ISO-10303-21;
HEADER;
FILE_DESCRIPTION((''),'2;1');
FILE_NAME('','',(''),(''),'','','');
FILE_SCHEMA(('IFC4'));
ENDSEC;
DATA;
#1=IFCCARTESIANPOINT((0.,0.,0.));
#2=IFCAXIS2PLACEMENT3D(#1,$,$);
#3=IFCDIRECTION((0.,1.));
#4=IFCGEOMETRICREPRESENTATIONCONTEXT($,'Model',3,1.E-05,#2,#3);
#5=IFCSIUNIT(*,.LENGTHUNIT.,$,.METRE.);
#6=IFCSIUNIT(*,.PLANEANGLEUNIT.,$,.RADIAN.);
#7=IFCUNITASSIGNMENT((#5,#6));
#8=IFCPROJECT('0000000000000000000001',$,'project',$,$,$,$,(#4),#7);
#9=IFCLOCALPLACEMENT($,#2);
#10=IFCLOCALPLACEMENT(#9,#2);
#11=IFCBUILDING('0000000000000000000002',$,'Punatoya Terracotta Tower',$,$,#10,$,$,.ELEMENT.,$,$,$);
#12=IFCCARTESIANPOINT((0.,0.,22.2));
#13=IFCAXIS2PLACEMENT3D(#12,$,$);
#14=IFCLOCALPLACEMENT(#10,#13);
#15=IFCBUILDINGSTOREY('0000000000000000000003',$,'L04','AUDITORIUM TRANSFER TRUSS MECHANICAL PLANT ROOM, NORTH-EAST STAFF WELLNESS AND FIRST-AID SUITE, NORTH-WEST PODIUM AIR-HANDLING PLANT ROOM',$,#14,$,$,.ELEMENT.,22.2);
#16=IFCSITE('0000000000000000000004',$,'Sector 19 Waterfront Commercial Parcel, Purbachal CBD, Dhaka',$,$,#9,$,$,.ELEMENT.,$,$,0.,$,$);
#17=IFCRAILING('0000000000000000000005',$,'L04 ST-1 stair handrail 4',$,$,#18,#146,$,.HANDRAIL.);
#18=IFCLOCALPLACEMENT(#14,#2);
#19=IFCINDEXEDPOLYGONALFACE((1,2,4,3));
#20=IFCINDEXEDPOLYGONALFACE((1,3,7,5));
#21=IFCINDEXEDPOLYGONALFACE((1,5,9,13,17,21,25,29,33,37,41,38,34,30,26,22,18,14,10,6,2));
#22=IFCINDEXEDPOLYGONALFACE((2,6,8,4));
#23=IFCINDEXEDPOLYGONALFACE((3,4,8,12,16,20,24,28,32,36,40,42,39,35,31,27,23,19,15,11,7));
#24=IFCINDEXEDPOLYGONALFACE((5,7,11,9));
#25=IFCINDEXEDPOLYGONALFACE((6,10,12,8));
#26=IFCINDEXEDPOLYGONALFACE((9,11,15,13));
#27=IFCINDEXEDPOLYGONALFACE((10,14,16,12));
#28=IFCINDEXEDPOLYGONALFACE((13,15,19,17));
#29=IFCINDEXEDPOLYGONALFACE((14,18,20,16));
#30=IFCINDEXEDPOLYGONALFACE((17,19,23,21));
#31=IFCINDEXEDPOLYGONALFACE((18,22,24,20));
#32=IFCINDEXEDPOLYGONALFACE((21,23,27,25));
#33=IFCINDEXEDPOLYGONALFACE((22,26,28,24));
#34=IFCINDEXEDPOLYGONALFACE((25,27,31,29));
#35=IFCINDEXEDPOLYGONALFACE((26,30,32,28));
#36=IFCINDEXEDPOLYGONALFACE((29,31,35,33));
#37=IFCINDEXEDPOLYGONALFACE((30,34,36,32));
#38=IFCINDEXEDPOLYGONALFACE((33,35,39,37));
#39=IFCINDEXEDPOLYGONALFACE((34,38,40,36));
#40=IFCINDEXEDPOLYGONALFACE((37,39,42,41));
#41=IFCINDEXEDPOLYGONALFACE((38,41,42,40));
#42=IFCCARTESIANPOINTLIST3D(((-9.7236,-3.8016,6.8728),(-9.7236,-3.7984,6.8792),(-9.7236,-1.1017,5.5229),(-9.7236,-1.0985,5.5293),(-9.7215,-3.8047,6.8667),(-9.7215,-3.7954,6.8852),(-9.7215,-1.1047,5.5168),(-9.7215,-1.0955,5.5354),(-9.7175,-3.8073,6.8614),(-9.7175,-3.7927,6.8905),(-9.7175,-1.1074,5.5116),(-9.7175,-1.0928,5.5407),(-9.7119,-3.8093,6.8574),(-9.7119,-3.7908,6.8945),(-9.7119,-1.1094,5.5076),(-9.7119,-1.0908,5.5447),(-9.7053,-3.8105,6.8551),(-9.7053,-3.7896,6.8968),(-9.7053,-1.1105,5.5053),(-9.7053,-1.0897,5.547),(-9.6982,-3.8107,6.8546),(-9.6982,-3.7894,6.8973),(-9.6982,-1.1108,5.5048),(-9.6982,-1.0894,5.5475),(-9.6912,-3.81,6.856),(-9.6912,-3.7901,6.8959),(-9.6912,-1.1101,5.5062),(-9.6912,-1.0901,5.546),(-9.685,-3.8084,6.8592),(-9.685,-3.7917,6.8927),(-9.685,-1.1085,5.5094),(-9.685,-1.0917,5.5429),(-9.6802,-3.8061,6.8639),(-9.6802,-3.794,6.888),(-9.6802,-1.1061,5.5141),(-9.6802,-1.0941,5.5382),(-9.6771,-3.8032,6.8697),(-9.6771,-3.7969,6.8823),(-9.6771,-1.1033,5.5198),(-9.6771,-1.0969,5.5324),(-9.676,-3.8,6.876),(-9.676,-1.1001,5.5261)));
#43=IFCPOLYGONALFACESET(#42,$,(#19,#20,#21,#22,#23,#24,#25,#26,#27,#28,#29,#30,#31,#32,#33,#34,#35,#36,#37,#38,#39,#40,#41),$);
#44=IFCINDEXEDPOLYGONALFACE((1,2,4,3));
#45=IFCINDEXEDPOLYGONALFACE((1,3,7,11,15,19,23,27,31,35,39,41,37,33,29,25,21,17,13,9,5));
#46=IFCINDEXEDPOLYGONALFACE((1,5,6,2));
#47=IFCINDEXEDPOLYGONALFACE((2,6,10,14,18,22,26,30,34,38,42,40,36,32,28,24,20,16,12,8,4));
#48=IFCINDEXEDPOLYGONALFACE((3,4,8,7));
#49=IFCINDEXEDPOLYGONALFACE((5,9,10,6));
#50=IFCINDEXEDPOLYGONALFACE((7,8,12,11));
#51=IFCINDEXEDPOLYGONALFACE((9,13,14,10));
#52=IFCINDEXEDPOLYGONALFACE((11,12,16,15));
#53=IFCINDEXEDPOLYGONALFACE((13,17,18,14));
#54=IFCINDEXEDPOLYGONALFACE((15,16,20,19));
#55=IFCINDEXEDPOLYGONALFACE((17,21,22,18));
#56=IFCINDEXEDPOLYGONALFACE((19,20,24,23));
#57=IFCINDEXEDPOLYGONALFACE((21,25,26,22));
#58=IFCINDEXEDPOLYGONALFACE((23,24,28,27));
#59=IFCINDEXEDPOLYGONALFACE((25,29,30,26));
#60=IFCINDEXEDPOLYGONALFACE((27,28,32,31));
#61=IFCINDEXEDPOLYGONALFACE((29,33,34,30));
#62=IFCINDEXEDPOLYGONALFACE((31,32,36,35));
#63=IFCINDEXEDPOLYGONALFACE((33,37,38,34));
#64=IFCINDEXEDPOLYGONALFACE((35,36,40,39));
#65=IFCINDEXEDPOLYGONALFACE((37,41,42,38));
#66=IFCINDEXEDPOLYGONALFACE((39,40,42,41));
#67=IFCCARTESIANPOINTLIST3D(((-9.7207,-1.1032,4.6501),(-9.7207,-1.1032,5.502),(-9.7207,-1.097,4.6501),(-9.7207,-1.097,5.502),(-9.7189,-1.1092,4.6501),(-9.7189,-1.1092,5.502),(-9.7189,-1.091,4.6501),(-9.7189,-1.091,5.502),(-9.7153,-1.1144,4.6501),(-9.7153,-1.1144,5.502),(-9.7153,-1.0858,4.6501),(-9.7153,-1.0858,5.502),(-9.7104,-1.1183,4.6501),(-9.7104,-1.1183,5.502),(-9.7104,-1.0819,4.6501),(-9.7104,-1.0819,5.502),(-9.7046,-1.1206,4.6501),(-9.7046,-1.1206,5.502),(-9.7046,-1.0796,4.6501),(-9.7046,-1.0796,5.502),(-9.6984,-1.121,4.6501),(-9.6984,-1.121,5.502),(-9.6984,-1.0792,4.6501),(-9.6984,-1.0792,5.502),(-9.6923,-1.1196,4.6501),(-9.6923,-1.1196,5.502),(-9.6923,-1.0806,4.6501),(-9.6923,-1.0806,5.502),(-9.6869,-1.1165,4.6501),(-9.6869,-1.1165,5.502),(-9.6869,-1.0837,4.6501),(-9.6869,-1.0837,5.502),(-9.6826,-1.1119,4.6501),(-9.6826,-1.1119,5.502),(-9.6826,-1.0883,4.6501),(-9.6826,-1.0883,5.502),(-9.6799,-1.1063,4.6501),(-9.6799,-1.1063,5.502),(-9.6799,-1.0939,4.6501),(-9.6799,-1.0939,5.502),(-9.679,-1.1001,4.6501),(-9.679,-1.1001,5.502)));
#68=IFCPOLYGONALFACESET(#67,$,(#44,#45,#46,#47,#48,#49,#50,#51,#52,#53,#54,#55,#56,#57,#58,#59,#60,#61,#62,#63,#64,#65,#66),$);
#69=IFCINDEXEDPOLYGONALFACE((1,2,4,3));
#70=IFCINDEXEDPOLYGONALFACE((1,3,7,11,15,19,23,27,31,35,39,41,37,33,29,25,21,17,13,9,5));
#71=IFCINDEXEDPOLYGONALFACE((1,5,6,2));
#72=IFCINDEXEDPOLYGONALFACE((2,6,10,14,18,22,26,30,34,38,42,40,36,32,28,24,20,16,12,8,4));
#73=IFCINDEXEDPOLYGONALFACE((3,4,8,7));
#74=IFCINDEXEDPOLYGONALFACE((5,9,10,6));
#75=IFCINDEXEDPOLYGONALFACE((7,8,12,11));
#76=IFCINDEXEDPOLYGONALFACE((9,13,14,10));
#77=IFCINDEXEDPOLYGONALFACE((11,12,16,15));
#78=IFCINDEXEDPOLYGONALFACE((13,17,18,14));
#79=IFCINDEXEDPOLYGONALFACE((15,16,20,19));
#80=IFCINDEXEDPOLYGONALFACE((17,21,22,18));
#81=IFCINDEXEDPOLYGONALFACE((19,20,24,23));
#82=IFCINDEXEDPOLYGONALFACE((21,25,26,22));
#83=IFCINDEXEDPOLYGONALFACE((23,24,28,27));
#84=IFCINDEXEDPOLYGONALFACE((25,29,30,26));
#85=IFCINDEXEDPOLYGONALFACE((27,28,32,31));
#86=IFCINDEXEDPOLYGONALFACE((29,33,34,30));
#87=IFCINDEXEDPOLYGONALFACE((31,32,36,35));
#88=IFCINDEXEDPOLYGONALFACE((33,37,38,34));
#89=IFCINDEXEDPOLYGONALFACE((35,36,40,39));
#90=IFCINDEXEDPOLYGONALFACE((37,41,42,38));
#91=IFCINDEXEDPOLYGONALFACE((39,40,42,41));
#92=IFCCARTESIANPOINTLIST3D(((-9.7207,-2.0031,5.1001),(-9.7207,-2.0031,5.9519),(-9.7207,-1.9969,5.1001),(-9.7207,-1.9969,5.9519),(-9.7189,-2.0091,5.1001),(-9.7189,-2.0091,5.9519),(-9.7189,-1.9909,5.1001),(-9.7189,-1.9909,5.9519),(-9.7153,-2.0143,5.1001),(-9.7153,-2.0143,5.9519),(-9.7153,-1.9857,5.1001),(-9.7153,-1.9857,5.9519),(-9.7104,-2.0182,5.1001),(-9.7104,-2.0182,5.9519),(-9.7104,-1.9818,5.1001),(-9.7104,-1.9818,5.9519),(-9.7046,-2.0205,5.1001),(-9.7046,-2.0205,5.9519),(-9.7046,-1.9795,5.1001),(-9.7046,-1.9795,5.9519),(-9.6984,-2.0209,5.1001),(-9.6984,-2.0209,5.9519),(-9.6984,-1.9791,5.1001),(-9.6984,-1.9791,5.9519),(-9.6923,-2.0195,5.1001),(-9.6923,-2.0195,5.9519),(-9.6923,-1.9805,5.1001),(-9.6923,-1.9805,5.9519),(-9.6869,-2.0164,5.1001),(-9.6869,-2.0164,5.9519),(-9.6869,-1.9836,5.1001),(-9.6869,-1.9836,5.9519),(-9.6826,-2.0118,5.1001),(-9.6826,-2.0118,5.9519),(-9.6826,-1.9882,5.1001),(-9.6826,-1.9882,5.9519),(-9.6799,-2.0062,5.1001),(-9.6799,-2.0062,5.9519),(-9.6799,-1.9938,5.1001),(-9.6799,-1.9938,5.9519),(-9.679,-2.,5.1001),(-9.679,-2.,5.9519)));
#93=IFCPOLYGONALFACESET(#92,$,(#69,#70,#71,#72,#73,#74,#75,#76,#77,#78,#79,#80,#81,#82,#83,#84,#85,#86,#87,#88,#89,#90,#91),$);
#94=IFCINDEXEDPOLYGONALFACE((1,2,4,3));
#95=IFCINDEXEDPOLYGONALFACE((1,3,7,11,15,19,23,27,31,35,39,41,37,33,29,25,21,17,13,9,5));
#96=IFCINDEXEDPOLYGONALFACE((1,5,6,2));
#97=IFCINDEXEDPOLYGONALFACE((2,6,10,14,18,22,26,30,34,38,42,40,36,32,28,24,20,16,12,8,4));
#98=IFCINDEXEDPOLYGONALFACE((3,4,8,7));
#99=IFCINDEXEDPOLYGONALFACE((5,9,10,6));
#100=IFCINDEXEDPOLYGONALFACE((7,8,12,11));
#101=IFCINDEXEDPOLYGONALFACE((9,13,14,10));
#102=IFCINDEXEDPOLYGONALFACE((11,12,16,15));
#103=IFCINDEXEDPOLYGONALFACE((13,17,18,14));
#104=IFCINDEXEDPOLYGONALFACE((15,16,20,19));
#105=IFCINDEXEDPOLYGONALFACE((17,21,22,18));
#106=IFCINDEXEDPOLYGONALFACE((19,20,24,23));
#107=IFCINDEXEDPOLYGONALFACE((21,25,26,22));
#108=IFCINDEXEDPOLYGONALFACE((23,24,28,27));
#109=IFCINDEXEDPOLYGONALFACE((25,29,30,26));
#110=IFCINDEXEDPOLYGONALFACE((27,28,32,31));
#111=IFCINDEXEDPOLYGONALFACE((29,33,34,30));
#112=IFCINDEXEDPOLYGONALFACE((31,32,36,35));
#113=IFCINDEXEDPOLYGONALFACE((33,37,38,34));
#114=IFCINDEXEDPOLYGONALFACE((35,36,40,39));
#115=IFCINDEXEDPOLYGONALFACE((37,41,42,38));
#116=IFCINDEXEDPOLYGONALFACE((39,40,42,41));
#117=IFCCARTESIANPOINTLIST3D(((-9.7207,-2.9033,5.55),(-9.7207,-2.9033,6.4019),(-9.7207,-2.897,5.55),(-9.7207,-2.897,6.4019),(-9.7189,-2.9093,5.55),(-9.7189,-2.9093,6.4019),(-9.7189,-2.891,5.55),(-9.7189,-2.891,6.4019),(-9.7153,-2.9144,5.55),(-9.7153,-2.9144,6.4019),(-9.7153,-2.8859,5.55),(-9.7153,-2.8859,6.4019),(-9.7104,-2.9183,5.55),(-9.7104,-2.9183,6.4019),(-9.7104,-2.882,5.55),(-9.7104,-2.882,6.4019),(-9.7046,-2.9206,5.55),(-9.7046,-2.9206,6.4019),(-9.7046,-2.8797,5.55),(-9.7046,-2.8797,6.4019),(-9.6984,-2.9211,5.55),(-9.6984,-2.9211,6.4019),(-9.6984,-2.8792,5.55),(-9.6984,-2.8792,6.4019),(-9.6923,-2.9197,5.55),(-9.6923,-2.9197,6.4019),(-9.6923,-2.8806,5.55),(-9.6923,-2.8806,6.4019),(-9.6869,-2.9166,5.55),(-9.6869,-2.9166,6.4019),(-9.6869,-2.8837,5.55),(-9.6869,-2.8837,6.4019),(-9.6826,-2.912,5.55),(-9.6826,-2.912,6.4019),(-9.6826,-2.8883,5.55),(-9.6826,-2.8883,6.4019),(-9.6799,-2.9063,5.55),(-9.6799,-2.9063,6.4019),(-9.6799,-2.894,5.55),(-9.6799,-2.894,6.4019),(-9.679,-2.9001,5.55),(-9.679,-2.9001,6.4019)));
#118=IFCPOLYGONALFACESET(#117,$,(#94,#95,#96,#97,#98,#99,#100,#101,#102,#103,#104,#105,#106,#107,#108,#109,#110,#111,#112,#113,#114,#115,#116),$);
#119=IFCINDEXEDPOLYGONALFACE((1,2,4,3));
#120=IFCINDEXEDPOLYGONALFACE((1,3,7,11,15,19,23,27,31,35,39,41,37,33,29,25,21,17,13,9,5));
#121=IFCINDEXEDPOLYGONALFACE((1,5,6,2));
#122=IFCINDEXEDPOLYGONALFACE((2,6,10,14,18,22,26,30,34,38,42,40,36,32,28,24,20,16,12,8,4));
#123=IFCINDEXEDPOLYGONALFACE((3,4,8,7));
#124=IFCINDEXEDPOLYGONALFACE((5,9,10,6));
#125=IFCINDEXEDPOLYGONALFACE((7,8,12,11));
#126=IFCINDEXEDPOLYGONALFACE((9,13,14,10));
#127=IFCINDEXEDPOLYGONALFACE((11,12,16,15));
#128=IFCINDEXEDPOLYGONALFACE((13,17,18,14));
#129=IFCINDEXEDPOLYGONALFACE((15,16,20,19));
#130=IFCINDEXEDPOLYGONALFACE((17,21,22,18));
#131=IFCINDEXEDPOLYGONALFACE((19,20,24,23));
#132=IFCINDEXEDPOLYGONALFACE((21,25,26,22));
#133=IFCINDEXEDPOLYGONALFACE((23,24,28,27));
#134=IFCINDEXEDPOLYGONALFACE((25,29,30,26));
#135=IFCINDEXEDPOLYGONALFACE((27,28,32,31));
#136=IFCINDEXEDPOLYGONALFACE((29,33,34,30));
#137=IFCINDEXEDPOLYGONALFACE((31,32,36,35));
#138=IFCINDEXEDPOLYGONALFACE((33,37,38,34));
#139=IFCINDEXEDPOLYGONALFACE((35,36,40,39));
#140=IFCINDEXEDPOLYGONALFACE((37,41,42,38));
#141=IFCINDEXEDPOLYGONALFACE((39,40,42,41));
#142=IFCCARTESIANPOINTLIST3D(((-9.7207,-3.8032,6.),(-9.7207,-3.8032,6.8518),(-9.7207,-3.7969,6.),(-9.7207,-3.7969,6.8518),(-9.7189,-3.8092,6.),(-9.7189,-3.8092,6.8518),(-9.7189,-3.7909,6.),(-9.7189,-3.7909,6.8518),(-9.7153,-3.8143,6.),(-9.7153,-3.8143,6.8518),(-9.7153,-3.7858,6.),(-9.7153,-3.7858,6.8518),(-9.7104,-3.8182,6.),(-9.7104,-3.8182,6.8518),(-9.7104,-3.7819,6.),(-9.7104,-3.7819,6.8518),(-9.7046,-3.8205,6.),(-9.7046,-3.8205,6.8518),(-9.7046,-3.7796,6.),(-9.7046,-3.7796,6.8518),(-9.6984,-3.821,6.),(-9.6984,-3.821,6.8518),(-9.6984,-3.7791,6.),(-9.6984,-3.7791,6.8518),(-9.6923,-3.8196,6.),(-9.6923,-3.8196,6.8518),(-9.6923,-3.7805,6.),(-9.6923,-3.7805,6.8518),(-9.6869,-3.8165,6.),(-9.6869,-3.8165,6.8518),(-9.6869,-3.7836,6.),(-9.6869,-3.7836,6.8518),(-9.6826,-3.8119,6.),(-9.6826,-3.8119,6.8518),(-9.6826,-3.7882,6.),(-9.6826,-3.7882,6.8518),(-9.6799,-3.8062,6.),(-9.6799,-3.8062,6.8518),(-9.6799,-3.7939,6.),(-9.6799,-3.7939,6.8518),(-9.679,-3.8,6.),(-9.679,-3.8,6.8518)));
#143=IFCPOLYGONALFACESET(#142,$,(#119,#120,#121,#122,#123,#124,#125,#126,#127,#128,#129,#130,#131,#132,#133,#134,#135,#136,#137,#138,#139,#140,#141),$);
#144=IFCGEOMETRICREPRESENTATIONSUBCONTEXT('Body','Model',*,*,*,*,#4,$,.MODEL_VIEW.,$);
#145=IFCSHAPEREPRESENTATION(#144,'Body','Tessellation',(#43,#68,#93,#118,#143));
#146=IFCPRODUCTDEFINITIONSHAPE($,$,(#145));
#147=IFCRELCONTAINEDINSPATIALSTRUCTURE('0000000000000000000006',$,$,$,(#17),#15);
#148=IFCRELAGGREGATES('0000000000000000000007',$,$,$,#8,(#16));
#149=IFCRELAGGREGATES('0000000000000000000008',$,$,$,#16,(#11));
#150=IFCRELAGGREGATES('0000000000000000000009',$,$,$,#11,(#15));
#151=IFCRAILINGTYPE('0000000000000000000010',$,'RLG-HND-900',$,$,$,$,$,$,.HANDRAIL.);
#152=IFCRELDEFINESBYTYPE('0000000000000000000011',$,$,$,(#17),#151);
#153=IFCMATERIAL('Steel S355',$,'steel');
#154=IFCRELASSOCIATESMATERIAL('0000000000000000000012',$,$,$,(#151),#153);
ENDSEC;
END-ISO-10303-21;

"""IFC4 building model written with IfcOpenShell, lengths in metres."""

from ifc_helpers import new_model, si_unit, direction, frame, origin, origin_2d, place, context, subcontext, project, spatial, circle, extrude, material, type_object, element, save


model = new_model("IFC4")

# Units and contexts
model_context = context("Model", 3, precision=1e-05, world=origin(), true_north=direction((0.0, 1.0)))
body_context = subcontext(model_context, "Body", "Model", "MODEL_VIEW")
ifc_project = project(units=[si_unit("LENGTHUNIT", "METRE"), si_unit("PLANEANGLEUNIT", "RADIAN")], contexts=[model_context])

# Site, building, storey
site_placement = place(None, origin())
site = spatial("IfcSite", under=ifc_project, at=site_placement, Name="Sector 19 Waterfront Commercial Parcel, Purbachal CBD, Dhaka", CompositionType="ELEMENT", RefElevation=0.0)
building_placement = place(site_placement, origin())
building = spatial("IfcBuilding", under=site, at=building_placement, Name="Punatoya Terracotta Tower", CompositionType="ELEMENT")
storey_placement = place(building_placement, frame((0.0, 0.0, 22.2)))
storey = spatial("IfcBuildingStorey", under=building, at=storey_placement, Name="L04", Description="AUDITORIUM TRANSFER TRUSS MECHANICAL PLANT ROOM, NORTH-EAST STAFF WELLNESS AND FIRST-AID SUITE, NORTH-WEST PODIUM AIR-HANDLING PLANT ROOM", CompositionType="ELEMENT", Elevation=22.2)

# Shared definitions
ifc_material_1 = material(Name="Steel S355", Category="steel")

# Railing
railing_type_1 = type_object("IfcRailingType", Name="RLG-HND-900", PredefinedType="HANDRAIL", material=ifc_material_1)
for number, where, name in (
    (1, (-9.7, -1.1001, 4.6501), "L04 ST-1 stair handrail 4"),
):
    element("IfcRailing", number, at=place(storey_placement, frame(where)), inside=storey, type_object=railing_type_1, Name=name, PredefinedType="HANDRAIL", context=body_context, shape_type="SweptSolid", body=[
        extrude(circle(Radius=0.0239, at=origin_2d()), frame((0.0, 0.0, 0.876), z_axis=(0.0, -0.894443, 0.447181), x_axis=(1.0, 0.0, 0.0)), (0.0, 0.0, 1.0), 3.0186),
        extrude(circle(Radius=0.021, at=origin_2d()), origin(), (0.0, 0.0, 1.0), 0.8518),
        extrude(circle(Radius=0.021, at=origin_2d()), frame((0.0, -0.8999, 0.45)), (0.0, 0.0, 1.0), 0.8518),
        extrude(circle(Radius=0.021, at=origin_2d()), frame((0.0, -1.8, 0.8999)), (0.0, 0.0, 1.0), 0.8518),
        extrude(circle(Radius=0.021, at=origin_2d()), frame((0.0, -2.7, 1.3499)), (0.0, 0.0, 1.0), 0.8518),
    ])

save(model, "model.ifc")
